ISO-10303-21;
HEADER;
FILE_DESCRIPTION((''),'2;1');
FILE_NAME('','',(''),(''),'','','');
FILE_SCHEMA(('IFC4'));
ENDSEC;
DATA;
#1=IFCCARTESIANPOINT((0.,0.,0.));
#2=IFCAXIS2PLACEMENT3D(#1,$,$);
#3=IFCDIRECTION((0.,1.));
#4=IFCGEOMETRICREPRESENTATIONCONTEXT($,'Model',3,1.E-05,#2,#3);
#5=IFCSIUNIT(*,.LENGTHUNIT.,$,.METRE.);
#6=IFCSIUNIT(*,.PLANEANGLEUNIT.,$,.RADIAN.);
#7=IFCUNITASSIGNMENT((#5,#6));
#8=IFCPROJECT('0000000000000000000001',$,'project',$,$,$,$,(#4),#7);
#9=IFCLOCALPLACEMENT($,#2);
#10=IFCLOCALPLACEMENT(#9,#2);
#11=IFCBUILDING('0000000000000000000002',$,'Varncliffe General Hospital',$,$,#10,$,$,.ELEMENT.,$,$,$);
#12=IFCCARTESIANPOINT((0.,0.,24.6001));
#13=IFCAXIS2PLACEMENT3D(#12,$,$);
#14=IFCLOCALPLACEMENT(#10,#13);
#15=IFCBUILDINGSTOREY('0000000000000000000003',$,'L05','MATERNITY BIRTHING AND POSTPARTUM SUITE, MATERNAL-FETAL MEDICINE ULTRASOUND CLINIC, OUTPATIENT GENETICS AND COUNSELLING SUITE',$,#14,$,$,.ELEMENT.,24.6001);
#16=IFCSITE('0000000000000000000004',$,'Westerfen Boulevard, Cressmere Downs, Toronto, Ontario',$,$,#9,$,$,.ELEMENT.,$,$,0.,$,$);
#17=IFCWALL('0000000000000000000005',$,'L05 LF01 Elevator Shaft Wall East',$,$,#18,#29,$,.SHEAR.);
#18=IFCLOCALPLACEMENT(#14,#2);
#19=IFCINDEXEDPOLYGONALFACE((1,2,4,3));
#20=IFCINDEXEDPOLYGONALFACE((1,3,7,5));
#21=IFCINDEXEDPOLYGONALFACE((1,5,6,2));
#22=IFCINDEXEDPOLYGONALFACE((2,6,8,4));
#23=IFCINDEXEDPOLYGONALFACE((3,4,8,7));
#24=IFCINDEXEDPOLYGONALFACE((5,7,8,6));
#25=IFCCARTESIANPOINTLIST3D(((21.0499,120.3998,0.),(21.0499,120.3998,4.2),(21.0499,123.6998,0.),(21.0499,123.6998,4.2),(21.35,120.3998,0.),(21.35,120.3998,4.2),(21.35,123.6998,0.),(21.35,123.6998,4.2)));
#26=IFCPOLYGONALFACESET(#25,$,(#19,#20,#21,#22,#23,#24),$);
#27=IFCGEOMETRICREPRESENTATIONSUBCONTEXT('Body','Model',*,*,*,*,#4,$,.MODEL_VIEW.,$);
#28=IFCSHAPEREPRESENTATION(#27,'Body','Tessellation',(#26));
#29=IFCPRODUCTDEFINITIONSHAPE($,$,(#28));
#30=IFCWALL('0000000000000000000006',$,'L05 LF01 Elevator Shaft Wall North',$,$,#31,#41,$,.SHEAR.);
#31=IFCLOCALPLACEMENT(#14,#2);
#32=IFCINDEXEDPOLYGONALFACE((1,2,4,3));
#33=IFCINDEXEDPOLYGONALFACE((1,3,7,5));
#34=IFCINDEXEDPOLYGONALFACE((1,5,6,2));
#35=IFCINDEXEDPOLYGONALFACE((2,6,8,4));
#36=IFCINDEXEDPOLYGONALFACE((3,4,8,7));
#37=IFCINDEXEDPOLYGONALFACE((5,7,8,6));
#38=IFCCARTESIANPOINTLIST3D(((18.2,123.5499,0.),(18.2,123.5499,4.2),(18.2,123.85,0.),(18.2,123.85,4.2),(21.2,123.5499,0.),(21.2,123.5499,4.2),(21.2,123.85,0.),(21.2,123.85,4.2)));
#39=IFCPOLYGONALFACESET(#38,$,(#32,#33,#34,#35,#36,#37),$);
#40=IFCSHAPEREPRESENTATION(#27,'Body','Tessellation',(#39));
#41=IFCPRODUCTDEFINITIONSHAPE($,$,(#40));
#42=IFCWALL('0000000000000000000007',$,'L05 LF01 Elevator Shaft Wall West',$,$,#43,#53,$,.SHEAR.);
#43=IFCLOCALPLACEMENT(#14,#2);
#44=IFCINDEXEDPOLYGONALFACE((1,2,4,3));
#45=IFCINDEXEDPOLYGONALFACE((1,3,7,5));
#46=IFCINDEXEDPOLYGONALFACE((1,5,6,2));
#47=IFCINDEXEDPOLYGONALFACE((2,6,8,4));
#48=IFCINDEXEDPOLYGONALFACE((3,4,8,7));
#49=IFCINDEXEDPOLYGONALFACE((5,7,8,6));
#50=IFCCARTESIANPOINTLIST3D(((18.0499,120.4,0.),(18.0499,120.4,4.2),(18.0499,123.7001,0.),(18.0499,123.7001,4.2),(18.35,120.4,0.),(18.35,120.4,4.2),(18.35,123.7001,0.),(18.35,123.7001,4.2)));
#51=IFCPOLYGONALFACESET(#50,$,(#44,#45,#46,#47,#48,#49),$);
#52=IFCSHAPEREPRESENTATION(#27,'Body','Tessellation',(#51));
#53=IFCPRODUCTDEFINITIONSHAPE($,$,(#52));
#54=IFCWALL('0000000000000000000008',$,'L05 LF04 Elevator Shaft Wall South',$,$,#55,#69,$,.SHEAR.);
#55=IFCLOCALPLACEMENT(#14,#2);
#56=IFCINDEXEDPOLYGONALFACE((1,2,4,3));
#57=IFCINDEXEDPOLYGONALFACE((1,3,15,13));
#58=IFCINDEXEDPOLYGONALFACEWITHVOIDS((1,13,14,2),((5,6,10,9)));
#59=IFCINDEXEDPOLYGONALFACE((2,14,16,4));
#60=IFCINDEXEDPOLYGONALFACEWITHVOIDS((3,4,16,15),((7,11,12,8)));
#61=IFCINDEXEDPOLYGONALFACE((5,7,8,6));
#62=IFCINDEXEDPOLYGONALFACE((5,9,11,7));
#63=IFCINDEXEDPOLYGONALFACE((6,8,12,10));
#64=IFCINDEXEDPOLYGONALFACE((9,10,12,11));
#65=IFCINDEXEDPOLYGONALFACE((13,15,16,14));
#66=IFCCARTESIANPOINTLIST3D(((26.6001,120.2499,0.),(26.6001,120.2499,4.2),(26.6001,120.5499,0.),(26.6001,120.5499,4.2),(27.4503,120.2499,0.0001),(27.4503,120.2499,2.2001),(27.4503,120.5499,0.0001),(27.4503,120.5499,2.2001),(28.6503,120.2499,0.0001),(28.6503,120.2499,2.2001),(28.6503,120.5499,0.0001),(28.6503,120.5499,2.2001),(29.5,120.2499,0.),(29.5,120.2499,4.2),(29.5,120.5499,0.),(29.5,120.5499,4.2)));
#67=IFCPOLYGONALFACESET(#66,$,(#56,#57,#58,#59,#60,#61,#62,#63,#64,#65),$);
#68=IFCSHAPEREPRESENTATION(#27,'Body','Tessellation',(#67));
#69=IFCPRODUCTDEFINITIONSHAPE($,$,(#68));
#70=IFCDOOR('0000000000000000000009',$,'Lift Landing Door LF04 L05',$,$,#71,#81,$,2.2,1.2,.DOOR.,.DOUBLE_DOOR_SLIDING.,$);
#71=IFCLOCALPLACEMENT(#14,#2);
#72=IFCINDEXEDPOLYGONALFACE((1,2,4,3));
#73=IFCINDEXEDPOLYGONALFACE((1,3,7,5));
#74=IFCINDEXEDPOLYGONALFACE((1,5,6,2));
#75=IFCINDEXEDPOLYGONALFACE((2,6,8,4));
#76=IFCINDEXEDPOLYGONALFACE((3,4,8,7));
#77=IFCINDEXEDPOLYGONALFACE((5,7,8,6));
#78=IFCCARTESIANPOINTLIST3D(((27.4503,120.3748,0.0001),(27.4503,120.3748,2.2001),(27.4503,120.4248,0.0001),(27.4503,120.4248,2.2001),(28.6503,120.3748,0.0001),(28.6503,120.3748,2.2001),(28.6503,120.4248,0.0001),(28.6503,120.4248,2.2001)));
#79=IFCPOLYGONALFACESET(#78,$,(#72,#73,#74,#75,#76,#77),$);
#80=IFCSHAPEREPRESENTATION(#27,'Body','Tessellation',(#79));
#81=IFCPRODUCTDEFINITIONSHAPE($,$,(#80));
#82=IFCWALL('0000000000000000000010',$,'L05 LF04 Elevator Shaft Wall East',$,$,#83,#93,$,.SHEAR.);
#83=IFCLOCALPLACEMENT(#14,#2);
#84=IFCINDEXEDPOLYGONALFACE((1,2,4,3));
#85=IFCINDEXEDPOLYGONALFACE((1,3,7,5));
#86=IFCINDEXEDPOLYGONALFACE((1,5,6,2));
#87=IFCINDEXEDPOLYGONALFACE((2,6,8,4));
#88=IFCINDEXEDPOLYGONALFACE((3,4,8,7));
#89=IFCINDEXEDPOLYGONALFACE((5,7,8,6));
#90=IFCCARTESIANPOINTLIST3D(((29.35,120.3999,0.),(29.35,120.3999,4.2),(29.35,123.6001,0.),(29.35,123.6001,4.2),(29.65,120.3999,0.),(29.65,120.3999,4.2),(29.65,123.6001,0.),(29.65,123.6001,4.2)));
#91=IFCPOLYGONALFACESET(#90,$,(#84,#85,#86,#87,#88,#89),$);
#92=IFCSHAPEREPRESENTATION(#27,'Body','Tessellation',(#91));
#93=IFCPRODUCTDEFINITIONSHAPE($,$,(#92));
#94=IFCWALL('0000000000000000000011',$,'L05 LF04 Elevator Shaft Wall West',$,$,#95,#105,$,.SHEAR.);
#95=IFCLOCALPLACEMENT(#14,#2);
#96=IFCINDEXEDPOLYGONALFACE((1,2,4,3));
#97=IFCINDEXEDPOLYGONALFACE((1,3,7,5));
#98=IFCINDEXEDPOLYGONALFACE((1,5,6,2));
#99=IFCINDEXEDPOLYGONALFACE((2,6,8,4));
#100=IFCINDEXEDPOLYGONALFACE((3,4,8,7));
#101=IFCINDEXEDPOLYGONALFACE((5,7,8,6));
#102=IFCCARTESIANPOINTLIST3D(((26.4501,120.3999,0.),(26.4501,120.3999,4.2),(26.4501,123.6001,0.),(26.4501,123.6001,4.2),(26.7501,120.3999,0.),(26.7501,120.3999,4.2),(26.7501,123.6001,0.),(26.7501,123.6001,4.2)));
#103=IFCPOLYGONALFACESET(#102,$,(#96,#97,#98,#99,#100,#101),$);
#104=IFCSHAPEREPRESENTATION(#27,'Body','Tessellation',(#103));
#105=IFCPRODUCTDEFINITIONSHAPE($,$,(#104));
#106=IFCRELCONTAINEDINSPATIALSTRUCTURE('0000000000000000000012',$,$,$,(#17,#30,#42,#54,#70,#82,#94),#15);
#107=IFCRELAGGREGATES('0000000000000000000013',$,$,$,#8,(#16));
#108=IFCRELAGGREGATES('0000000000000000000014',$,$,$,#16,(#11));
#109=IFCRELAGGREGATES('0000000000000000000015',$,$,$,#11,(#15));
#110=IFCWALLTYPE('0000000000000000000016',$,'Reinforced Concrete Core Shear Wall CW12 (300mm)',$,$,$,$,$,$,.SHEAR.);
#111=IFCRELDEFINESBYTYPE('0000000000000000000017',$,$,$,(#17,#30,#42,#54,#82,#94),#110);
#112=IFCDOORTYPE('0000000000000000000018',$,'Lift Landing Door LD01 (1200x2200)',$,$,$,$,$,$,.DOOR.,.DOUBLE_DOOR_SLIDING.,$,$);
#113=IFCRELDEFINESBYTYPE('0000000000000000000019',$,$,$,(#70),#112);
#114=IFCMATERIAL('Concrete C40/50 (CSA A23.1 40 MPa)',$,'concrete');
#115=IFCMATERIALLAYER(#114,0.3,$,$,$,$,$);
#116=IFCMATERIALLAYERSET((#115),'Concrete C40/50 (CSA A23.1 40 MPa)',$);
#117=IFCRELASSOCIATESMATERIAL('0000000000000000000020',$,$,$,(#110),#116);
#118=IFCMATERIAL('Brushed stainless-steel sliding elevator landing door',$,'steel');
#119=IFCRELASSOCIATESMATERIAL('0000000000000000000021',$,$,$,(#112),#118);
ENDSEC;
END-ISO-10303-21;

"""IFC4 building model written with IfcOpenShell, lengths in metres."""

from ifc_helpers import new_model, si_unit, direction, frame, frame_2d, origin, place, context, subcontext, project, spatial, rectangle, extrude, material, layer, layer_set, type_object, element, fill, save


model = new_model("IFC4")

# Units and contexts
model_context = context("Model", 3, precision=1e-05, world=origin(), true_north=direction((0.0, 1.0)))
body_context = subcontext(model_context, "Body", "Model", "MODEL_VIEW")
ifc_project = project(units=[si_unit("LENGTHUNIT", "METRE"), si_unit("PLANEANGLEUNIT", "RADIAN")], contexts=[model_context])

# Site, building, storey
site_placement = place(None, origin())
site = spatial("IfcSite", under=ifc_project, at=site_placement, Name="Westerfen Boulevard, Cressmere Downs, Toronto, Ontario", CompositionType="ELEMENT", RefElevation=0.0)
building_placement = place(site_placement, origin())
building = spatial("IfcBuilding", under=site, at=building_placement, Name="Varncliffe General Hospital", CompositionType="ELEMENT")
storey_placement = place(building_placement, frame((0.0, 0.0, 24.6001)))
storey = spatial("IfcBuildingStorey", under=building, at=storey_placement, Name="L05", Description="MATERNITY BIRTHING AND POSTPARTUM SUITE, MATERNAL-FETAL MEDICINE ULTRASOUND CLINIC, OUTPATIENT GENETICS AND COUNSELLING SUITE", CompositionType="ELEMENT", Elevation=24.6001)

# Shared definitions
ifc_material_1 = material(Name="Concrete C40/50 (CSA A23.1 40 MPa)", Category="concrete")

# Shared definitions
ifc_layer_1 = layer(ifc_material_1, 0.3)
ifc_layer_set_1 = layer_set([ifc_layer_1], Name="Concrete C40/50 (CSA A23.1 40 MPa)")
wall_type_1 = type_object("IfcWallType", Name="Reinforced Concrete Core Shear Wall CW12 (300mm)", PredefinedType="SHEAR", material=ifc_layer_set_1)
ifc_material_2 = material(Name="Brushed stainless-steel sliding elevator landing door", Category="steel")

# Walls
wall_1_placement = place(storey_placement, frame((21.2, 120.3999, 0.0), z_axis=(0.0, 0.0, 1.0), x_axis=(0.0, 1.0, 0.0)))
element("IfcWall", 1, at=wall_1_placement, inside=storey, type_object=wall_type_1, Name="L05 LF01 Elevator Shaft Wall East", PredefinedType="SHEAR", context=body_context, shape_type="SweptSolid", body=[
    extrude(rectangle(XDim=3.3, YDim=0.3, at=frame_2d((1.6499, 0.0))), origin(), (0.0, 0.0, 1.0), 4.2),
])
wall_2_placement = place(storey_placement, frame((21.2, 123.7, 0.0), z_axis=(0.0, 0.0, 1.0), x_axis=(-1.0, 0.0, 0.0)))
element("IfcWall", 2, at=wall_2_placement, inside=storey, type_object=wall_type_1, Name="L05 LF01 Elevator Shaft Wall North", PredefinedType="SHEAR", context=body_context, shape_type="SweptSolid", body=[
    extrude(rectangle(XDim=3.0, YDim=0.3, at=frame_2d((1.5, 0.0))), origin(), (0.0, 0.0, 1.0), 4.2),
])
wall_3_placement = place(storey_placement, frame((18.2, 123.7, 0.0), z_axis=(0.0, 0.0, 1.0), x_axis=(0.0, -1.0, 0.0)))
element("IfcWall", 3, at=wall_3_placement, inside=storey, type_object=wall_type_1, Name="L05 LF01 Elevator Shaft Wall West", PredefinedType="SHEAR", context=body_context, shape_type="SweptSolid", body=[
    extrude(rectangle(XDim=3.3, YDim=0.3, at=frame_2d((1.6499, 0.0))), origin(), (0.0, 0.0, 1.0), 4.2),
])

# Wall, opening, door
wall_4_placement = place(storey_placement, frame((26.6001, 120.3999, 0.0), z_axis=(0.0, 0.0, 1.0), x_axis=(1.0, 0.0, 0.0)))
wall_4 = element("IfcWall", 4, at=wall_4_placement, inside=storey, type_object=wall_type_1, Name="L05 LF04 Elevator Shaft Wall South", PredefinedType="SHEAR", context=body_context, shape_type="SweptSolid", body=[
    extrude(rectangle(XDim=2.8999, YDim=0.3, at=frame_2d((1.45, 0.0))), origin(), (0.0, 0.0, 1.0), 4.2),
])
opening_1_placement = place(wall_4_placement, frame((0.8501, 0.0, 0.0)))
opening_1 = element("IfcOpeningElement", 5, at=opening_1_placement, cuts=wall_4, PredefinedType="OPENING", context=body_context, shape_type="SweptSolid", body=[
    extrude(rectangle(XDim=1.2, YDim=2.2, at=frame_2d((0.6001, 1.1001))), frame((0.0, 0.1602, 0.0), z_axis=(0.0, -1.0, 0.0), x_axis=(1.0, 0.0, 0.0)), (0.0, 0.0, 1.0), 0.3201),
])
door_type_1 = type_object("IfcDoorType", Name="Lift Landing Door LD01 (1200x2200)", OperationType="DOUBLE_DOOR_SLIDING", PredefinedType="DOOR", material=ifc_material_2)
door_1_placement = place(opening_1_placement, origin())
door_1 = element("IfcDoor", 6, at=door_1_placement, inside=storey, type_object=door_type_1, Name="Lift Landing Door LF04 L05", OperationType="DOUBLE_DOOR_SLIDING", OverallHeight=2.2, OverallWidth=1.2, PredefinedType="DOOR", context=body_context, shape_type="SweptSolid", body=[
    extrude(rectangle(XDim=1.2, YDim=2.2, at=frame_2d((0.6001, 1.1001))), frame((0.0, 0.0249, 0.0), z_axis=(0.0, -1.0, 0.0), x_axis=(1.0, 0.0, 0.0)), (0.0, 0.0, 1.0), 0.05),
])
fill(opening_1, door_1)

# Walls
for number, where, z_axis, x_axis, name in (
    (7, (29.5, 120.3999, 0.0), (0.0, 0.0, 1.0), (0.0, 1.0, 0.0), "L05 LF04 Elevator Shaft Wall East"),
    (8, (26.6001, 123.6001, 0.0), (0.0, 0.0, 1.0), (0.0, -1.0, 0.0), "L05 LF04 Elevator Shaft Wall West"),
):
    element("IfcWall", number, at=place(storey_placement, frame(where, z_axis=z_axis, x_axis=x_axis)), inside=storey, type_object=wall_type_1, Name=name, PredefinedType="SHEAR", context=body_context, shape_type="SweptSolid", body=[
        extrude(rectangle(XDim=3.2002, YDim=0.3, at=frame_2d((1.6001, 0.0))), origin(), (0.0, 0.0, 1.0), 4.2),
    ])

save(model, "model.ifc")
